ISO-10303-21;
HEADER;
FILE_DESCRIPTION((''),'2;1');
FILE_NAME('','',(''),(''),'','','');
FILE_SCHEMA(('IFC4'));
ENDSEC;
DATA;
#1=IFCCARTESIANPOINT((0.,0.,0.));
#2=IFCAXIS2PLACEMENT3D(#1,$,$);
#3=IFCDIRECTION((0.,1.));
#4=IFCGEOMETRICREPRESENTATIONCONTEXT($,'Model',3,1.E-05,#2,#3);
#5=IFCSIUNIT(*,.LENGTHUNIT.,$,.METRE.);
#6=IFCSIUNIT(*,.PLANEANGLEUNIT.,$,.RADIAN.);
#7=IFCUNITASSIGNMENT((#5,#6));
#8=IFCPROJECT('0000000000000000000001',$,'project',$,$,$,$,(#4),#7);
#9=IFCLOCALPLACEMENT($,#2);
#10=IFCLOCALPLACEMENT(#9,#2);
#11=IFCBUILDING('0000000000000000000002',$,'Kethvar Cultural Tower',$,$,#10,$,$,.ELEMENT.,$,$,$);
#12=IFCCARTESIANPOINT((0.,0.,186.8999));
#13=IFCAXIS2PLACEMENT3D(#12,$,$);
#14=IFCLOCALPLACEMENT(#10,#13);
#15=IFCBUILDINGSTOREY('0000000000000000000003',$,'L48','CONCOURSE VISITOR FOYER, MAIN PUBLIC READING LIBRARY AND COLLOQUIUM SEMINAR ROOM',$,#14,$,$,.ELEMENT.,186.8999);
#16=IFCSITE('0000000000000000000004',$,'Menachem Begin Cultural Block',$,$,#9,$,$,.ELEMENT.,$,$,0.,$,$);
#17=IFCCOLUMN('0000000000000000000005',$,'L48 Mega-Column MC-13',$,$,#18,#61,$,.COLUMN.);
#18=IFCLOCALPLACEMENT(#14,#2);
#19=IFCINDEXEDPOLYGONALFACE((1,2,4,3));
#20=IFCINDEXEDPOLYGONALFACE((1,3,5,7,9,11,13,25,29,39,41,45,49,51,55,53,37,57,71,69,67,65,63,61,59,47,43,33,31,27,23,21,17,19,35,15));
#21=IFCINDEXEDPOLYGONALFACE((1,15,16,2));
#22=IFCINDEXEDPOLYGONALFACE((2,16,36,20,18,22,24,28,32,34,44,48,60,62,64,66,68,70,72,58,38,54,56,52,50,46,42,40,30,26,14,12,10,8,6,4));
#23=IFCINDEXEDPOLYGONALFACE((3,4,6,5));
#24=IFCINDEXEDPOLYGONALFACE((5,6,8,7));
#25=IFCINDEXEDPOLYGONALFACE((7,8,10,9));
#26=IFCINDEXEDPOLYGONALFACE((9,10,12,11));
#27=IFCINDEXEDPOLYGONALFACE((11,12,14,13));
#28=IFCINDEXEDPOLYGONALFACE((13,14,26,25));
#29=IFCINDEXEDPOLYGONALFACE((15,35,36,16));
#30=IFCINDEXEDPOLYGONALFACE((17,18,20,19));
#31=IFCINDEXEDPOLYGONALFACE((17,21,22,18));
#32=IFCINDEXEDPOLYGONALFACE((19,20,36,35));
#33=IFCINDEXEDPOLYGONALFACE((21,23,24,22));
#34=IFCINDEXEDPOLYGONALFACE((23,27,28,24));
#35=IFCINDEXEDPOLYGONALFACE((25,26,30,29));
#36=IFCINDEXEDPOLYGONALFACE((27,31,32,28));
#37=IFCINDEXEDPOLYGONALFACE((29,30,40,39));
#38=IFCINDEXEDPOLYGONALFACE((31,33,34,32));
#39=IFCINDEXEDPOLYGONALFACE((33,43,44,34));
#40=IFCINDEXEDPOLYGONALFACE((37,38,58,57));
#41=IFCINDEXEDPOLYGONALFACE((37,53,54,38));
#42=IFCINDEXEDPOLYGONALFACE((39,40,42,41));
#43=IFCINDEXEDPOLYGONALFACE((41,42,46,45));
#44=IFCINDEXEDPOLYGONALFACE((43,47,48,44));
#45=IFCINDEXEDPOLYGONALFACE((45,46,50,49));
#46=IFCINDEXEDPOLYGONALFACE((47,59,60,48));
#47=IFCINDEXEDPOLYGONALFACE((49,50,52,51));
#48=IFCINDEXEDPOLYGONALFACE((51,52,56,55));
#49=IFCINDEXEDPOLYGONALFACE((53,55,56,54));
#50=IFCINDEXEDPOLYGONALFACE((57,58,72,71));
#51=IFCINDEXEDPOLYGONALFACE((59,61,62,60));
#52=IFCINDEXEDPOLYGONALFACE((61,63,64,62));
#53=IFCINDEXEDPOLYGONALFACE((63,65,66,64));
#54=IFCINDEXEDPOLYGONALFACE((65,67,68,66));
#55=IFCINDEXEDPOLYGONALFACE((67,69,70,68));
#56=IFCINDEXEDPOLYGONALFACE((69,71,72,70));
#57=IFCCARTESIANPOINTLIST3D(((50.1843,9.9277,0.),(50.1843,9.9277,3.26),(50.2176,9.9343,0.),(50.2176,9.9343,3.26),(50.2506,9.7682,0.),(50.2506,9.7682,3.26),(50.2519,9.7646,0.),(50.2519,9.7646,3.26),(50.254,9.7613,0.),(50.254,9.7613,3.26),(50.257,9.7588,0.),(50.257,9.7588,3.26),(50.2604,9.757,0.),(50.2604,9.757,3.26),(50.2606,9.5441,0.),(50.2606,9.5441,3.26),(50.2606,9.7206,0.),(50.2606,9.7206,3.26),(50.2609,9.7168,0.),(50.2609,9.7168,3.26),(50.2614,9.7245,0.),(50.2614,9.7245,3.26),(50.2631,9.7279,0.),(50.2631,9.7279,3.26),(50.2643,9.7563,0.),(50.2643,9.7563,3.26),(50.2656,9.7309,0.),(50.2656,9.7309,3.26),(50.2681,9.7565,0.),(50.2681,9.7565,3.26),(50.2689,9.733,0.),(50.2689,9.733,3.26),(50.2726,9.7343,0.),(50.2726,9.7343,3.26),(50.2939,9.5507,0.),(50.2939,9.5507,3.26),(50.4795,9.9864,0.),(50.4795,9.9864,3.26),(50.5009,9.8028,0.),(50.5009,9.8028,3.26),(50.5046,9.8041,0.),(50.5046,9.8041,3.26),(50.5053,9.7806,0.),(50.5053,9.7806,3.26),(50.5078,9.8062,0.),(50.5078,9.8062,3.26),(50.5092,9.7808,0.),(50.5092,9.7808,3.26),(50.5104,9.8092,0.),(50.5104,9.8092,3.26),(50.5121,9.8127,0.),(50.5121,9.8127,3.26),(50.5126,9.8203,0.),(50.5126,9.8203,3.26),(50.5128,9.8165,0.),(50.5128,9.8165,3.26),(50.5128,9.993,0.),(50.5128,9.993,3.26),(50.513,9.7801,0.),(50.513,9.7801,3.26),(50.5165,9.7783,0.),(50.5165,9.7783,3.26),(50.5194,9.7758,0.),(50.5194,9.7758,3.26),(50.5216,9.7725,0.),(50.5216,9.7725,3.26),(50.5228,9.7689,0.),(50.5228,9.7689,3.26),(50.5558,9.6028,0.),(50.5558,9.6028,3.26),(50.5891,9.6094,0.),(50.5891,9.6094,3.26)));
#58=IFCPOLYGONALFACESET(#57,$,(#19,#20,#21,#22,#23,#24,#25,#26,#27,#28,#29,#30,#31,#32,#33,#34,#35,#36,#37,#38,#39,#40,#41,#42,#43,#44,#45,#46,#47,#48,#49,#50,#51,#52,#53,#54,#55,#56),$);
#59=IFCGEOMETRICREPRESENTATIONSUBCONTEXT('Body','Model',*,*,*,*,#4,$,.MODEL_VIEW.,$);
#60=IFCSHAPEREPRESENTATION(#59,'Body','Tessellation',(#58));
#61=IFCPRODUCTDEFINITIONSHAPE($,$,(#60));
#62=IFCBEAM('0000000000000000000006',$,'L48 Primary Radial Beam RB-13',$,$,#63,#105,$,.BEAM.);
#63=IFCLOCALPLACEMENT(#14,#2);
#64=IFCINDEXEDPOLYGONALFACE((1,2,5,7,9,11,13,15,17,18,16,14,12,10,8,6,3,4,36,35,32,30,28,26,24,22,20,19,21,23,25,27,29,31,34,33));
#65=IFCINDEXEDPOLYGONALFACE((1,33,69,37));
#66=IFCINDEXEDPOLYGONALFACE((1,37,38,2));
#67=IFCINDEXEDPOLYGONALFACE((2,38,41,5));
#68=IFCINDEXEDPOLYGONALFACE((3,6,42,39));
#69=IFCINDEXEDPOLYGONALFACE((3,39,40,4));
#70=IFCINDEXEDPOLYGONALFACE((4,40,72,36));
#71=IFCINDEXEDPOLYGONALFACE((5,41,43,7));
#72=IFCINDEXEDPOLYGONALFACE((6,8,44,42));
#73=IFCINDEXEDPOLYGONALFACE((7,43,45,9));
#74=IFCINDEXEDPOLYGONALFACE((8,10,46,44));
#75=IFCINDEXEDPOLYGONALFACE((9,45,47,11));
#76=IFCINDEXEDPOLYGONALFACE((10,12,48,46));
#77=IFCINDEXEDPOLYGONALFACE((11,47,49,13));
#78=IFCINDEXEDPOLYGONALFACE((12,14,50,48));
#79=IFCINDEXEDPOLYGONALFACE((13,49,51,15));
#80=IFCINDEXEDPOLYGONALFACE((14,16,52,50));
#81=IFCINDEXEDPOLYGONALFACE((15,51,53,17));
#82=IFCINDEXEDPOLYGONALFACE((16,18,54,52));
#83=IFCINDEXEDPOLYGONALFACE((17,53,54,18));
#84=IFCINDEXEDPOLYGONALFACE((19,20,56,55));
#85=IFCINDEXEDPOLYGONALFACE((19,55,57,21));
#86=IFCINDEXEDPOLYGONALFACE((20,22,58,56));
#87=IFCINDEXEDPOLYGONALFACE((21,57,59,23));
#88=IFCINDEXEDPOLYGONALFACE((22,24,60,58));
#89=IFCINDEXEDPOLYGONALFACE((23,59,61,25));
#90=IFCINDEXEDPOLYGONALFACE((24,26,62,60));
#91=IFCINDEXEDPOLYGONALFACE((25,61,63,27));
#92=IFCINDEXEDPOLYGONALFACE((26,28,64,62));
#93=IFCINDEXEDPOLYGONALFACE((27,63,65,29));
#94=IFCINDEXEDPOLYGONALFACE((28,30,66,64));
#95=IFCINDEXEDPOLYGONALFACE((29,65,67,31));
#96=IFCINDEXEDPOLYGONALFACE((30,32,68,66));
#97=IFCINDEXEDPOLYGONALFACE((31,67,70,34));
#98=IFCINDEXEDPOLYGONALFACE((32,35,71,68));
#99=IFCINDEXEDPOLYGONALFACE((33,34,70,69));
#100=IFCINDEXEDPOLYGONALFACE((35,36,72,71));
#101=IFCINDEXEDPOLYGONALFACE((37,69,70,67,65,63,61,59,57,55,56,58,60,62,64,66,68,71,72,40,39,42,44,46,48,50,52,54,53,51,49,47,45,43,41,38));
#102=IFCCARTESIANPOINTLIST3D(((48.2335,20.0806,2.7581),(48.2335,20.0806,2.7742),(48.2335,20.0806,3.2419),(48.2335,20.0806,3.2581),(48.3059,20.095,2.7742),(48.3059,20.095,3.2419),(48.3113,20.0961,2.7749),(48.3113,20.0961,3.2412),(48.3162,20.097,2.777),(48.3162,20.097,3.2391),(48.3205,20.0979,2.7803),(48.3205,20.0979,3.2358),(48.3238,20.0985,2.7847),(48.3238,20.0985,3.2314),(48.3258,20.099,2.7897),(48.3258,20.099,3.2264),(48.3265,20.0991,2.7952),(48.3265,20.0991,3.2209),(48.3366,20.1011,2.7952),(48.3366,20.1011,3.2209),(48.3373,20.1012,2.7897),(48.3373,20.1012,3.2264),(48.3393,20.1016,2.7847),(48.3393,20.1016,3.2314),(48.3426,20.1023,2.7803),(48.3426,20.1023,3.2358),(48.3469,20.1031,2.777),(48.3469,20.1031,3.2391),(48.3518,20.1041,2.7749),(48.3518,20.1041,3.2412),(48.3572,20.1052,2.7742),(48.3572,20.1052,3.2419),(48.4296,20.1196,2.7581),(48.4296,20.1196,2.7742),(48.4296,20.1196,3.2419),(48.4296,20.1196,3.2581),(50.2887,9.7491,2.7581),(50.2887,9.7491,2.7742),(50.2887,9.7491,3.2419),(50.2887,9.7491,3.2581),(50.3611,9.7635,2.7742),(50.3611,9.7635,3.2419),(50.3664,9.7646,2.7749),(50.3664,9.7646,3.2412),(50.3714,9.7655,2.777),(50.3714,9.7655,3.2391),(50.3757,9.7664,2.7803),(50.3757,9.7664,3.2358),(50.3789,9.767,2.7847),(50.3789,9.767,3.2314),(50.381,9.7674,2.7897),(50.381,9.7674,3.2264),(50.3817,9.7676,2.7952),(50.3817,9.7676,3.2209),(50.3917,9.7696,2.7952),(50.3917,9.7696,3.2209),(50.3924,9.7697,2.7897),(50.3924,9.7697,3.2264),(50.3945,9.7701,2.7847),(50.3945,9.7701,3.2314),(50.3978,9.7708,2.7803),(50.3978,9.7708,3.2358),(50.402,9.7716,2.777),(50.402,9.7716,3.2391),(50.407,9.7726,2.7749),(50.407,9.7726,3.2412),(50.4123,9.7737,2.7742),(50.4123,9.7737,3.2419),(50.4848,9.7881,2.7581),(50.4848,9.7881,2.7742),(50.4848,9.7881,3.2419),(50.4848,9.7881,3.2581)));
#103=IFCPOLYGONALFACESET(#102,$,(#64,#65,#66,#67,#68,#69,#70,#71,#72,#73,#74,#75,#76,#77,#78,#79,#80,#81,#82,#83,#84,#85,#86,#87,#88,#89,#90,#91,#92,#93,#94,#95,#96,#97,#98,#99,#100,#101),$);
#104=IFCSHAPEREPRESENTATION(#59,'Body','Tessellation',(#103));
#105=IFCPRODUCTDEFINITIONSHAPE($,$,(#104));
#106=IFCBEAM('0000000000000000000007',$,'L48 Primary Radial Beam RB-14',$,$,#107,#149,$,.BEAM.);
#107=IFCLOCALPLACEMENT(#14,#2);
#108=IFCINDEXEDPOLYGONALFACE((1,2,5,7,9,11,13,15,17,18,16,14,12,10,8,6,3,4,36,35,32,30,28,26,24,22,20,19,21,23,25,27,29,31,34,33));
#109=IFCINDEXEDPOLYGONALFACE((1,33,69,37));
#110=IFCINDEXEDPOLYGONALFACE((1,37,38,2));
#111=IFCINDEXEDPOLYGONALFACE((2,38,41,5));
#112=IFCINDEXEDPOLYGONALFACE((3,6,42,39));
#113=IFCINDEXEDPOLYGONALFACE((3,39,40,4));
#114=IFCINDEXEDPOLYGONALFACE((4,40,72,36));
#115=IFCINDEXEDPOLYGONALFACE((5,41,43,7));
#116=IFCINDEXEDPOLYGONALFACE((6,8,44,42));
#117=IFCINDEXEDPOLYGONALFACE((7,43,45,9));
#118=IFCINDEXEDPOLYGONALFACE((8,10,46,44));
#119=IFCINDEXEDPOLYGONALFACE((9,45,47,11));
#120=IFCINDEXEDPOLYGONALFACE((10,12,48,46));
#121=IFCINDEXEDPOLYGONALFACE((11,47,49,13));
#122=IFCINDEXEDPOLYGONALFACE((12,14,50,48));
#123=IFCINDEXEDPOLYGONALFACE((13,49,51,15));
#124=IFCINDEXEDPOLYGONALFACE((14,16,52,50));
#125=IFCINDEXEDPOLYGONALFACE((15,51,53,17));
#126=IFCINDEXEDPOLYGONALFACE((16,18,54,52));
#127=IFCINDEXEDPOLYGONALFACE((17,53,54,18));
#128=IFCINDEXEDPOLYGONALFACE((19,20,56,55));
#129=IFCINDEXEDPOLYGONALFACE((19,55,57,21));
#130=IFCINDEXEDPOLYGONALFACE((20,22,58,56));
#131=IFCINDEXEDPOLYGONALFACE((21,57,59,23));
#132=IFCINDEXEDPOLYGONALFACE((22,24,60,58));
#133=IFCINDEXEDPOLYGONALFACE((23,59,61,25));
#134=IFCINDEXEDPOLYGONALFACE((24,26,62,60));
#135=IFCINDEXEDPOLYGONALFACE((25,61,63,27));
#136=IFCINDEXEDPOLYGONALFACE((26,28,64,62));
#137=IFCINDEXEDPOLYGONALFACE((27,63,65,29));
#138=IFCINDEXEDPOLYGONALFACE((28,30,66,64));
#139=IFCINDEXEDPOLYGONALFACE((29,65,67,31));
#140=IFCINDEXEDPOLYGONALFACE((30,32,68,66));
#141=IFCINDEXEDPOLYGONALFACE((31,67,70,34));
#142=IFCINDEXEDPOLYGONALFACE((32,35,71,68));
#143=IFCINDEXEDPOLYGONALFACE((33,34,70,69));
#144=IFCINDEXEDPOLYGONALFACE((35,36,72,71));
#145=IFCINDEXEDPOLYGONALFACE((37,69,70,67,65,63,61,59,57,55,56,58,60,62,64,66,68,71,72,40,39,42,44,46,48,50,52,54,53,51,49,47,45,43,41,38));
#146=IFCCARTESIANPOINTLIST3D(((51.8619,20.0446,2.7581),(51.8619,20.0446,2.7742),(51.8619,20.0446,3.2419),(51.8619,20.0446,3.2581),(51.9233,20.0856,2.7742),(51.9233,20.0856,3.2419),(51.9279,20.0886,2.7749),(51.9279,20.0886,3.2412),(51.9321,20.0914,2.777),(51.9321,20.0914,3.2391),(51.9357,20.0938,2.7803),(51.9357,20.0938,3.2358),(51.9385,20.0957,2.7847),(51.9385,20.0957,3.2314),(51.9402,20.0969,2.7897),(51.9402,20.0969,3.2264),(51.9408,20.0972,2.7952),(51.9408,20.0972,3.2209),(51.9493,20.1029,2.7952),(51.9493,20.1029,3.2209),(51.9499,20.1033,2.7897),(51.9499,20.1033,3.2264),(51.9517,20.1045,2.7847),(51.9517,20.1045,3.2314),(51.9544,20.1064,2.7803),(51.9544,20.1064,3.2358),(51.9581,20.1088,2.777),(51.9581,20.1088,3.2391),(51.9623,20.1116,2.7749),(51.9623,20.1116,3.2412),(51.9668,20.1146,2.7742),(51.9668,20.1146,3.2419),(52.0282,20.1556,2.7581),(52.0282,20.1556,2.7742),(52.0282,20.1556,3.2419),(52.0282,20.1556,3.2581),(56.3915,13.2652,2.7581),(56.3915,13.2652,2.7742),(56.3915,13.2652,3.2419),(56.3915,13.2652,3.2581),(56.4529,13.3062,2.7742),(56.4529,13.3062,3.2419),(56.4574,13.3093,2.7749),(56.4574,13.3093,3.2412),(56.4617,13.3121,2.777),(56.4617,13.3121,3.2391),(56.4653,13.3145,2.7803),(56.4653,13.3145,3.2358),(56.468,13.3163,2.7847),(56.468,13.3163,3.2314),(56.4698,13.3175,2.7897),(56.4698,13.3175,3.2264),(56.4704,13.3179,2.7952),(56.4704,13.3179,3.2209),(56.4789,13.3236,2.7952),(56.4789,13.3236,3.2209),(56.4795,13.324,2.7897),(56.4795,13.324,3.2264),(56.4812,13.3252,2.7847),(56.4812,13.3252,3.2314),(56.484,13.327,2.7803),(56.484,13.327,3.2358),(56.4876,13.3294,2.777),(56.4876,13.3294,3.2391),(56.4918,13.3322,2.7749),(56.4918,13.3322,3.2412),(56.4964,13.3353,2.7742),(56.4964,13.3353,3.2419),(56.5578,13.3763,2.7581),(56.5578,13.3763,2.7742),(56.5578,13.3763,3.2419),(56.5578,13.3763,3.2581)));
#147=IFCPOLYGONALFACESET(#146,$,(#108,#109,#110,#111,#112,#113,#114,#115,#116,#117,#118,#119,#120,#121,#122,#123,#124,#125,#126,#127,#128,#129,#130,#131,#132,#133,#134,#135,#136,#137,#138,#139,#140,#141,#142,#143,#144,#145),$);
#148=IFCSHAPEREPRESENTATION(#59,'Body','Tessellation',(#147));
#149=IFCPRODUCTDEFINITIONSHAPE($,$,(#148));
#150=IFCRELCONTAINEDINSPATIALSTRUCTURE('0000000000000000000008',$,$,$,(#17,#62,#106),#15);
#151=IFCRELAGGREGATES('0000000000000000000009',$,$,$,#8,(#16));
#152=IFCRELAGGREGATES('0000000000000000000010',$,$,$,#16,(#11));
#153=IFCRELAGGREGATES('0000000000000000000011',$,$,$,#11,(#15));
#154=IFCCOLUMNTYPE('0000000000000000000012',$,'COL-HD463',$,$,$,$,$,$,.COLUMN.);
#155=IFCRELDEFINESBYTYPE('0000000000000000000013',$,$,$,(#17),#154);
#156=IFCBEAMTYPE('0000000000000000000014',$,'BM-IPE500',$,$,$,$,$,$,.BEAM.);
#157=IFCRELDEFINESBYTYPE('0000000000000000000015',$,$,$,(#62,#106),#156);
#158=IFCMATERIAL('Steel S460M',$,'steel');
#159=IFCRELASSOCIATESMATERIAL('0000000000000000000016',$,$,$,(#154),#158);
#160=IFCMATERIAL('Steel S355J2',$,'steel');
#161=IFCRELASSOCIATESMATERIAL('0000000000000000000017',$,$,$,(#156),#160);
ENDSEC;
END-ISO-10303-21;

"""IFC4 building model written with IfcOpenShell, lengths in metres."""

from ifc_helpers import new_model, si_unit, direction, frame, origin, origin_2d, place, context, subcontext, project, spatial, i_section, extrude, source, transform, mapped, material, material_profile, profile_set, type_object, element, save


model = new_model("IFC4")

# Units and contexts
model_context = context("Model", 3, precision=1e-05, world=origin(), true_north=direction((0.0, 1.0)))
body_context = subcontext(model_context, "Body", "Model", "MODEL_VIEW")
ifc_project = project(units=[si_unit("LENGTHUNIT", "METRE"), si_unit("PLANEANGLEUNIT", "RADIAN")], contexts=[model_context])

# Site, building, storey
site_placement = place(None, origin())
site = spatial("IfcSite", under=ifc_project, at=site_placement, Name="Menachem Begin Cultural Block", CompositionType="ELEMENT", RefElevation=0.0)
building_placement = place(site_placement, origin())
building = spatial("IfcBuilding", under=site, at=building_placement, Name="Kethvar Cultural Tower", CompositionType="ELEMENT")
storey_placement = place(building_placement, frame((0.0, 0.0, 186.8999)))
storey = spatial("IfcBuildingStorey", under=building, at=storey_placement, Name="L48", Description="CONCOURSE VISITOR FOYER, MAIN PUBLIC READING LIBRARY AND COLLOQUIUM SEMINAR ROOM", CompositionType="ELEMENT", Elevation=186.8999)

# Column
ifc_material_1 = material(Name="Steel S460M", Category="steel")
ifc_material_profile_1 = material_profile(ifc_material_1, i_section(OverallWidth=0.3911, OverallDepth=0.335, WebThickness=0.0227, FlangeThickness=0.0339, FilletRadius=0.0149, at=origin_2d()), Name="Steel S460M — HD400x463")
ifc_profile_set_1 = profile_set([ifc_material_profile_1], Name="Steel S460M — HD400x463")
column_type = type_object("IfcColumnType", Name="COL-HD463", PredefinedType="COLUMN", material=ifc_profile_set_1)
shared_shape_1 = source(origin(), body_context, "Body", "SweptSolid", [
    extrude(i_section(OverallWidth=0.3911, OverallDepth=0.335, WebThickness=0.0227, FlangeThickness=0.0339, FilletRadius=0.0149, at=origin_2d()), origin(), (0.0, 0.0, 1.0), 3.26),
])
column_placement = place(storey_placement, frame((50.3867, 9.7686, 0.0), z_axis=(0.0, 0.0, 1.0), x_axis=(0.19509, -0.980785, 0.0)))
element("IfcColumn", 1, at=column_placement, inside=storey, type_object=column_type, Name="L48 Mega-Column MC-13", PredefinedType="COLUMN", context=body_context, shape_type="MappedRepresentation", body=[
    mapped(shared_shape_1, transform((0.0, 0.0, 0.0), scale=1.0)),
])

# Beams
ifc_material_2 = material(Name="Steel S355J2", Category="steel")
ifc_material_profile_2 = material_profile(ifc_material_2, i_section(OverallWidth=0.2, OverallDepth=0.5, WebThickness=0.0103, FlangeThickness=0.0161, FilletRadius=0.021, at=origin_2d()), Name="Steel S355J2 — IPE500")
ifc_profile_set_2 = profile_set([ifc_material_profile_2], Name="Steel S355J2 — IPE500")
beam_type_1 = type_object("IfcBeamType", Name="BM-IPE500", PredefinedType="BEAM", material=ifc_profile_set_2)
shared_shape_2 = source(origin(), body_context, "Body", "SweptSolid", [
    extrude(i_section(OverallWidth=0.2, OverallDepth=0.5, WebThickness=0.0103, FlangeThickness=0.0161, FilletRadius=0.021, at=origin_2d()), origin(), (0.0, 0.0, 1.0), 10.5339),
])
beam_1_placement = place(storey_placement, frame((48.3315, 20.1001, 3.0081), z_axis=(0.1951, -0.980783, 0.0), x_axis=(0.980783, 0.1951, 0.0)))
element("IfcBeam", 2, at=beam_1_placement, inside=storey, type_object=beam_type_1, Name="L48 Primary Radial Beam RB-13", PredefinedType="BEAM", context=body_context, shape_type="MappedRepresentation", body=[
    mapped(shared_shape_2, transform((0.0, 0.0, 0.0), scale=1.0)),
])
shared_shape_3 = source(origin(), body_context, "Body", "SweptSolid", [
    extrude(i_section(OverallWidth=0.2, OverallDepth=0.5, WebThickness=0.0103, FlangeThickness=0.0161, FilletRadius=0.021, at=origin_2d()), origin(), (0.0, 0.0, 1.0), 8.1533),
])
beam_2_placement = place(storey_placement, frame((51.9451, 20.1001, 3.0081), z_axis=(0.55555, -0.831483, 0.0), x_axis=(0.831483, 0.55555, 0.0)))
element("IfcBeam", 3, at=beam_2_placement, inside=storey, type_object=beam_type_1, Name="L48 Primary Radial Beam RB-14", PredefinedType="BEAM", context=body_context, shape_type="MappedRepresentation", body=[
    mapped(shared_shape_3, transform((0.0, 0.0, 0.0), scale=1.0)),
])

save(model, "model.ifc")
